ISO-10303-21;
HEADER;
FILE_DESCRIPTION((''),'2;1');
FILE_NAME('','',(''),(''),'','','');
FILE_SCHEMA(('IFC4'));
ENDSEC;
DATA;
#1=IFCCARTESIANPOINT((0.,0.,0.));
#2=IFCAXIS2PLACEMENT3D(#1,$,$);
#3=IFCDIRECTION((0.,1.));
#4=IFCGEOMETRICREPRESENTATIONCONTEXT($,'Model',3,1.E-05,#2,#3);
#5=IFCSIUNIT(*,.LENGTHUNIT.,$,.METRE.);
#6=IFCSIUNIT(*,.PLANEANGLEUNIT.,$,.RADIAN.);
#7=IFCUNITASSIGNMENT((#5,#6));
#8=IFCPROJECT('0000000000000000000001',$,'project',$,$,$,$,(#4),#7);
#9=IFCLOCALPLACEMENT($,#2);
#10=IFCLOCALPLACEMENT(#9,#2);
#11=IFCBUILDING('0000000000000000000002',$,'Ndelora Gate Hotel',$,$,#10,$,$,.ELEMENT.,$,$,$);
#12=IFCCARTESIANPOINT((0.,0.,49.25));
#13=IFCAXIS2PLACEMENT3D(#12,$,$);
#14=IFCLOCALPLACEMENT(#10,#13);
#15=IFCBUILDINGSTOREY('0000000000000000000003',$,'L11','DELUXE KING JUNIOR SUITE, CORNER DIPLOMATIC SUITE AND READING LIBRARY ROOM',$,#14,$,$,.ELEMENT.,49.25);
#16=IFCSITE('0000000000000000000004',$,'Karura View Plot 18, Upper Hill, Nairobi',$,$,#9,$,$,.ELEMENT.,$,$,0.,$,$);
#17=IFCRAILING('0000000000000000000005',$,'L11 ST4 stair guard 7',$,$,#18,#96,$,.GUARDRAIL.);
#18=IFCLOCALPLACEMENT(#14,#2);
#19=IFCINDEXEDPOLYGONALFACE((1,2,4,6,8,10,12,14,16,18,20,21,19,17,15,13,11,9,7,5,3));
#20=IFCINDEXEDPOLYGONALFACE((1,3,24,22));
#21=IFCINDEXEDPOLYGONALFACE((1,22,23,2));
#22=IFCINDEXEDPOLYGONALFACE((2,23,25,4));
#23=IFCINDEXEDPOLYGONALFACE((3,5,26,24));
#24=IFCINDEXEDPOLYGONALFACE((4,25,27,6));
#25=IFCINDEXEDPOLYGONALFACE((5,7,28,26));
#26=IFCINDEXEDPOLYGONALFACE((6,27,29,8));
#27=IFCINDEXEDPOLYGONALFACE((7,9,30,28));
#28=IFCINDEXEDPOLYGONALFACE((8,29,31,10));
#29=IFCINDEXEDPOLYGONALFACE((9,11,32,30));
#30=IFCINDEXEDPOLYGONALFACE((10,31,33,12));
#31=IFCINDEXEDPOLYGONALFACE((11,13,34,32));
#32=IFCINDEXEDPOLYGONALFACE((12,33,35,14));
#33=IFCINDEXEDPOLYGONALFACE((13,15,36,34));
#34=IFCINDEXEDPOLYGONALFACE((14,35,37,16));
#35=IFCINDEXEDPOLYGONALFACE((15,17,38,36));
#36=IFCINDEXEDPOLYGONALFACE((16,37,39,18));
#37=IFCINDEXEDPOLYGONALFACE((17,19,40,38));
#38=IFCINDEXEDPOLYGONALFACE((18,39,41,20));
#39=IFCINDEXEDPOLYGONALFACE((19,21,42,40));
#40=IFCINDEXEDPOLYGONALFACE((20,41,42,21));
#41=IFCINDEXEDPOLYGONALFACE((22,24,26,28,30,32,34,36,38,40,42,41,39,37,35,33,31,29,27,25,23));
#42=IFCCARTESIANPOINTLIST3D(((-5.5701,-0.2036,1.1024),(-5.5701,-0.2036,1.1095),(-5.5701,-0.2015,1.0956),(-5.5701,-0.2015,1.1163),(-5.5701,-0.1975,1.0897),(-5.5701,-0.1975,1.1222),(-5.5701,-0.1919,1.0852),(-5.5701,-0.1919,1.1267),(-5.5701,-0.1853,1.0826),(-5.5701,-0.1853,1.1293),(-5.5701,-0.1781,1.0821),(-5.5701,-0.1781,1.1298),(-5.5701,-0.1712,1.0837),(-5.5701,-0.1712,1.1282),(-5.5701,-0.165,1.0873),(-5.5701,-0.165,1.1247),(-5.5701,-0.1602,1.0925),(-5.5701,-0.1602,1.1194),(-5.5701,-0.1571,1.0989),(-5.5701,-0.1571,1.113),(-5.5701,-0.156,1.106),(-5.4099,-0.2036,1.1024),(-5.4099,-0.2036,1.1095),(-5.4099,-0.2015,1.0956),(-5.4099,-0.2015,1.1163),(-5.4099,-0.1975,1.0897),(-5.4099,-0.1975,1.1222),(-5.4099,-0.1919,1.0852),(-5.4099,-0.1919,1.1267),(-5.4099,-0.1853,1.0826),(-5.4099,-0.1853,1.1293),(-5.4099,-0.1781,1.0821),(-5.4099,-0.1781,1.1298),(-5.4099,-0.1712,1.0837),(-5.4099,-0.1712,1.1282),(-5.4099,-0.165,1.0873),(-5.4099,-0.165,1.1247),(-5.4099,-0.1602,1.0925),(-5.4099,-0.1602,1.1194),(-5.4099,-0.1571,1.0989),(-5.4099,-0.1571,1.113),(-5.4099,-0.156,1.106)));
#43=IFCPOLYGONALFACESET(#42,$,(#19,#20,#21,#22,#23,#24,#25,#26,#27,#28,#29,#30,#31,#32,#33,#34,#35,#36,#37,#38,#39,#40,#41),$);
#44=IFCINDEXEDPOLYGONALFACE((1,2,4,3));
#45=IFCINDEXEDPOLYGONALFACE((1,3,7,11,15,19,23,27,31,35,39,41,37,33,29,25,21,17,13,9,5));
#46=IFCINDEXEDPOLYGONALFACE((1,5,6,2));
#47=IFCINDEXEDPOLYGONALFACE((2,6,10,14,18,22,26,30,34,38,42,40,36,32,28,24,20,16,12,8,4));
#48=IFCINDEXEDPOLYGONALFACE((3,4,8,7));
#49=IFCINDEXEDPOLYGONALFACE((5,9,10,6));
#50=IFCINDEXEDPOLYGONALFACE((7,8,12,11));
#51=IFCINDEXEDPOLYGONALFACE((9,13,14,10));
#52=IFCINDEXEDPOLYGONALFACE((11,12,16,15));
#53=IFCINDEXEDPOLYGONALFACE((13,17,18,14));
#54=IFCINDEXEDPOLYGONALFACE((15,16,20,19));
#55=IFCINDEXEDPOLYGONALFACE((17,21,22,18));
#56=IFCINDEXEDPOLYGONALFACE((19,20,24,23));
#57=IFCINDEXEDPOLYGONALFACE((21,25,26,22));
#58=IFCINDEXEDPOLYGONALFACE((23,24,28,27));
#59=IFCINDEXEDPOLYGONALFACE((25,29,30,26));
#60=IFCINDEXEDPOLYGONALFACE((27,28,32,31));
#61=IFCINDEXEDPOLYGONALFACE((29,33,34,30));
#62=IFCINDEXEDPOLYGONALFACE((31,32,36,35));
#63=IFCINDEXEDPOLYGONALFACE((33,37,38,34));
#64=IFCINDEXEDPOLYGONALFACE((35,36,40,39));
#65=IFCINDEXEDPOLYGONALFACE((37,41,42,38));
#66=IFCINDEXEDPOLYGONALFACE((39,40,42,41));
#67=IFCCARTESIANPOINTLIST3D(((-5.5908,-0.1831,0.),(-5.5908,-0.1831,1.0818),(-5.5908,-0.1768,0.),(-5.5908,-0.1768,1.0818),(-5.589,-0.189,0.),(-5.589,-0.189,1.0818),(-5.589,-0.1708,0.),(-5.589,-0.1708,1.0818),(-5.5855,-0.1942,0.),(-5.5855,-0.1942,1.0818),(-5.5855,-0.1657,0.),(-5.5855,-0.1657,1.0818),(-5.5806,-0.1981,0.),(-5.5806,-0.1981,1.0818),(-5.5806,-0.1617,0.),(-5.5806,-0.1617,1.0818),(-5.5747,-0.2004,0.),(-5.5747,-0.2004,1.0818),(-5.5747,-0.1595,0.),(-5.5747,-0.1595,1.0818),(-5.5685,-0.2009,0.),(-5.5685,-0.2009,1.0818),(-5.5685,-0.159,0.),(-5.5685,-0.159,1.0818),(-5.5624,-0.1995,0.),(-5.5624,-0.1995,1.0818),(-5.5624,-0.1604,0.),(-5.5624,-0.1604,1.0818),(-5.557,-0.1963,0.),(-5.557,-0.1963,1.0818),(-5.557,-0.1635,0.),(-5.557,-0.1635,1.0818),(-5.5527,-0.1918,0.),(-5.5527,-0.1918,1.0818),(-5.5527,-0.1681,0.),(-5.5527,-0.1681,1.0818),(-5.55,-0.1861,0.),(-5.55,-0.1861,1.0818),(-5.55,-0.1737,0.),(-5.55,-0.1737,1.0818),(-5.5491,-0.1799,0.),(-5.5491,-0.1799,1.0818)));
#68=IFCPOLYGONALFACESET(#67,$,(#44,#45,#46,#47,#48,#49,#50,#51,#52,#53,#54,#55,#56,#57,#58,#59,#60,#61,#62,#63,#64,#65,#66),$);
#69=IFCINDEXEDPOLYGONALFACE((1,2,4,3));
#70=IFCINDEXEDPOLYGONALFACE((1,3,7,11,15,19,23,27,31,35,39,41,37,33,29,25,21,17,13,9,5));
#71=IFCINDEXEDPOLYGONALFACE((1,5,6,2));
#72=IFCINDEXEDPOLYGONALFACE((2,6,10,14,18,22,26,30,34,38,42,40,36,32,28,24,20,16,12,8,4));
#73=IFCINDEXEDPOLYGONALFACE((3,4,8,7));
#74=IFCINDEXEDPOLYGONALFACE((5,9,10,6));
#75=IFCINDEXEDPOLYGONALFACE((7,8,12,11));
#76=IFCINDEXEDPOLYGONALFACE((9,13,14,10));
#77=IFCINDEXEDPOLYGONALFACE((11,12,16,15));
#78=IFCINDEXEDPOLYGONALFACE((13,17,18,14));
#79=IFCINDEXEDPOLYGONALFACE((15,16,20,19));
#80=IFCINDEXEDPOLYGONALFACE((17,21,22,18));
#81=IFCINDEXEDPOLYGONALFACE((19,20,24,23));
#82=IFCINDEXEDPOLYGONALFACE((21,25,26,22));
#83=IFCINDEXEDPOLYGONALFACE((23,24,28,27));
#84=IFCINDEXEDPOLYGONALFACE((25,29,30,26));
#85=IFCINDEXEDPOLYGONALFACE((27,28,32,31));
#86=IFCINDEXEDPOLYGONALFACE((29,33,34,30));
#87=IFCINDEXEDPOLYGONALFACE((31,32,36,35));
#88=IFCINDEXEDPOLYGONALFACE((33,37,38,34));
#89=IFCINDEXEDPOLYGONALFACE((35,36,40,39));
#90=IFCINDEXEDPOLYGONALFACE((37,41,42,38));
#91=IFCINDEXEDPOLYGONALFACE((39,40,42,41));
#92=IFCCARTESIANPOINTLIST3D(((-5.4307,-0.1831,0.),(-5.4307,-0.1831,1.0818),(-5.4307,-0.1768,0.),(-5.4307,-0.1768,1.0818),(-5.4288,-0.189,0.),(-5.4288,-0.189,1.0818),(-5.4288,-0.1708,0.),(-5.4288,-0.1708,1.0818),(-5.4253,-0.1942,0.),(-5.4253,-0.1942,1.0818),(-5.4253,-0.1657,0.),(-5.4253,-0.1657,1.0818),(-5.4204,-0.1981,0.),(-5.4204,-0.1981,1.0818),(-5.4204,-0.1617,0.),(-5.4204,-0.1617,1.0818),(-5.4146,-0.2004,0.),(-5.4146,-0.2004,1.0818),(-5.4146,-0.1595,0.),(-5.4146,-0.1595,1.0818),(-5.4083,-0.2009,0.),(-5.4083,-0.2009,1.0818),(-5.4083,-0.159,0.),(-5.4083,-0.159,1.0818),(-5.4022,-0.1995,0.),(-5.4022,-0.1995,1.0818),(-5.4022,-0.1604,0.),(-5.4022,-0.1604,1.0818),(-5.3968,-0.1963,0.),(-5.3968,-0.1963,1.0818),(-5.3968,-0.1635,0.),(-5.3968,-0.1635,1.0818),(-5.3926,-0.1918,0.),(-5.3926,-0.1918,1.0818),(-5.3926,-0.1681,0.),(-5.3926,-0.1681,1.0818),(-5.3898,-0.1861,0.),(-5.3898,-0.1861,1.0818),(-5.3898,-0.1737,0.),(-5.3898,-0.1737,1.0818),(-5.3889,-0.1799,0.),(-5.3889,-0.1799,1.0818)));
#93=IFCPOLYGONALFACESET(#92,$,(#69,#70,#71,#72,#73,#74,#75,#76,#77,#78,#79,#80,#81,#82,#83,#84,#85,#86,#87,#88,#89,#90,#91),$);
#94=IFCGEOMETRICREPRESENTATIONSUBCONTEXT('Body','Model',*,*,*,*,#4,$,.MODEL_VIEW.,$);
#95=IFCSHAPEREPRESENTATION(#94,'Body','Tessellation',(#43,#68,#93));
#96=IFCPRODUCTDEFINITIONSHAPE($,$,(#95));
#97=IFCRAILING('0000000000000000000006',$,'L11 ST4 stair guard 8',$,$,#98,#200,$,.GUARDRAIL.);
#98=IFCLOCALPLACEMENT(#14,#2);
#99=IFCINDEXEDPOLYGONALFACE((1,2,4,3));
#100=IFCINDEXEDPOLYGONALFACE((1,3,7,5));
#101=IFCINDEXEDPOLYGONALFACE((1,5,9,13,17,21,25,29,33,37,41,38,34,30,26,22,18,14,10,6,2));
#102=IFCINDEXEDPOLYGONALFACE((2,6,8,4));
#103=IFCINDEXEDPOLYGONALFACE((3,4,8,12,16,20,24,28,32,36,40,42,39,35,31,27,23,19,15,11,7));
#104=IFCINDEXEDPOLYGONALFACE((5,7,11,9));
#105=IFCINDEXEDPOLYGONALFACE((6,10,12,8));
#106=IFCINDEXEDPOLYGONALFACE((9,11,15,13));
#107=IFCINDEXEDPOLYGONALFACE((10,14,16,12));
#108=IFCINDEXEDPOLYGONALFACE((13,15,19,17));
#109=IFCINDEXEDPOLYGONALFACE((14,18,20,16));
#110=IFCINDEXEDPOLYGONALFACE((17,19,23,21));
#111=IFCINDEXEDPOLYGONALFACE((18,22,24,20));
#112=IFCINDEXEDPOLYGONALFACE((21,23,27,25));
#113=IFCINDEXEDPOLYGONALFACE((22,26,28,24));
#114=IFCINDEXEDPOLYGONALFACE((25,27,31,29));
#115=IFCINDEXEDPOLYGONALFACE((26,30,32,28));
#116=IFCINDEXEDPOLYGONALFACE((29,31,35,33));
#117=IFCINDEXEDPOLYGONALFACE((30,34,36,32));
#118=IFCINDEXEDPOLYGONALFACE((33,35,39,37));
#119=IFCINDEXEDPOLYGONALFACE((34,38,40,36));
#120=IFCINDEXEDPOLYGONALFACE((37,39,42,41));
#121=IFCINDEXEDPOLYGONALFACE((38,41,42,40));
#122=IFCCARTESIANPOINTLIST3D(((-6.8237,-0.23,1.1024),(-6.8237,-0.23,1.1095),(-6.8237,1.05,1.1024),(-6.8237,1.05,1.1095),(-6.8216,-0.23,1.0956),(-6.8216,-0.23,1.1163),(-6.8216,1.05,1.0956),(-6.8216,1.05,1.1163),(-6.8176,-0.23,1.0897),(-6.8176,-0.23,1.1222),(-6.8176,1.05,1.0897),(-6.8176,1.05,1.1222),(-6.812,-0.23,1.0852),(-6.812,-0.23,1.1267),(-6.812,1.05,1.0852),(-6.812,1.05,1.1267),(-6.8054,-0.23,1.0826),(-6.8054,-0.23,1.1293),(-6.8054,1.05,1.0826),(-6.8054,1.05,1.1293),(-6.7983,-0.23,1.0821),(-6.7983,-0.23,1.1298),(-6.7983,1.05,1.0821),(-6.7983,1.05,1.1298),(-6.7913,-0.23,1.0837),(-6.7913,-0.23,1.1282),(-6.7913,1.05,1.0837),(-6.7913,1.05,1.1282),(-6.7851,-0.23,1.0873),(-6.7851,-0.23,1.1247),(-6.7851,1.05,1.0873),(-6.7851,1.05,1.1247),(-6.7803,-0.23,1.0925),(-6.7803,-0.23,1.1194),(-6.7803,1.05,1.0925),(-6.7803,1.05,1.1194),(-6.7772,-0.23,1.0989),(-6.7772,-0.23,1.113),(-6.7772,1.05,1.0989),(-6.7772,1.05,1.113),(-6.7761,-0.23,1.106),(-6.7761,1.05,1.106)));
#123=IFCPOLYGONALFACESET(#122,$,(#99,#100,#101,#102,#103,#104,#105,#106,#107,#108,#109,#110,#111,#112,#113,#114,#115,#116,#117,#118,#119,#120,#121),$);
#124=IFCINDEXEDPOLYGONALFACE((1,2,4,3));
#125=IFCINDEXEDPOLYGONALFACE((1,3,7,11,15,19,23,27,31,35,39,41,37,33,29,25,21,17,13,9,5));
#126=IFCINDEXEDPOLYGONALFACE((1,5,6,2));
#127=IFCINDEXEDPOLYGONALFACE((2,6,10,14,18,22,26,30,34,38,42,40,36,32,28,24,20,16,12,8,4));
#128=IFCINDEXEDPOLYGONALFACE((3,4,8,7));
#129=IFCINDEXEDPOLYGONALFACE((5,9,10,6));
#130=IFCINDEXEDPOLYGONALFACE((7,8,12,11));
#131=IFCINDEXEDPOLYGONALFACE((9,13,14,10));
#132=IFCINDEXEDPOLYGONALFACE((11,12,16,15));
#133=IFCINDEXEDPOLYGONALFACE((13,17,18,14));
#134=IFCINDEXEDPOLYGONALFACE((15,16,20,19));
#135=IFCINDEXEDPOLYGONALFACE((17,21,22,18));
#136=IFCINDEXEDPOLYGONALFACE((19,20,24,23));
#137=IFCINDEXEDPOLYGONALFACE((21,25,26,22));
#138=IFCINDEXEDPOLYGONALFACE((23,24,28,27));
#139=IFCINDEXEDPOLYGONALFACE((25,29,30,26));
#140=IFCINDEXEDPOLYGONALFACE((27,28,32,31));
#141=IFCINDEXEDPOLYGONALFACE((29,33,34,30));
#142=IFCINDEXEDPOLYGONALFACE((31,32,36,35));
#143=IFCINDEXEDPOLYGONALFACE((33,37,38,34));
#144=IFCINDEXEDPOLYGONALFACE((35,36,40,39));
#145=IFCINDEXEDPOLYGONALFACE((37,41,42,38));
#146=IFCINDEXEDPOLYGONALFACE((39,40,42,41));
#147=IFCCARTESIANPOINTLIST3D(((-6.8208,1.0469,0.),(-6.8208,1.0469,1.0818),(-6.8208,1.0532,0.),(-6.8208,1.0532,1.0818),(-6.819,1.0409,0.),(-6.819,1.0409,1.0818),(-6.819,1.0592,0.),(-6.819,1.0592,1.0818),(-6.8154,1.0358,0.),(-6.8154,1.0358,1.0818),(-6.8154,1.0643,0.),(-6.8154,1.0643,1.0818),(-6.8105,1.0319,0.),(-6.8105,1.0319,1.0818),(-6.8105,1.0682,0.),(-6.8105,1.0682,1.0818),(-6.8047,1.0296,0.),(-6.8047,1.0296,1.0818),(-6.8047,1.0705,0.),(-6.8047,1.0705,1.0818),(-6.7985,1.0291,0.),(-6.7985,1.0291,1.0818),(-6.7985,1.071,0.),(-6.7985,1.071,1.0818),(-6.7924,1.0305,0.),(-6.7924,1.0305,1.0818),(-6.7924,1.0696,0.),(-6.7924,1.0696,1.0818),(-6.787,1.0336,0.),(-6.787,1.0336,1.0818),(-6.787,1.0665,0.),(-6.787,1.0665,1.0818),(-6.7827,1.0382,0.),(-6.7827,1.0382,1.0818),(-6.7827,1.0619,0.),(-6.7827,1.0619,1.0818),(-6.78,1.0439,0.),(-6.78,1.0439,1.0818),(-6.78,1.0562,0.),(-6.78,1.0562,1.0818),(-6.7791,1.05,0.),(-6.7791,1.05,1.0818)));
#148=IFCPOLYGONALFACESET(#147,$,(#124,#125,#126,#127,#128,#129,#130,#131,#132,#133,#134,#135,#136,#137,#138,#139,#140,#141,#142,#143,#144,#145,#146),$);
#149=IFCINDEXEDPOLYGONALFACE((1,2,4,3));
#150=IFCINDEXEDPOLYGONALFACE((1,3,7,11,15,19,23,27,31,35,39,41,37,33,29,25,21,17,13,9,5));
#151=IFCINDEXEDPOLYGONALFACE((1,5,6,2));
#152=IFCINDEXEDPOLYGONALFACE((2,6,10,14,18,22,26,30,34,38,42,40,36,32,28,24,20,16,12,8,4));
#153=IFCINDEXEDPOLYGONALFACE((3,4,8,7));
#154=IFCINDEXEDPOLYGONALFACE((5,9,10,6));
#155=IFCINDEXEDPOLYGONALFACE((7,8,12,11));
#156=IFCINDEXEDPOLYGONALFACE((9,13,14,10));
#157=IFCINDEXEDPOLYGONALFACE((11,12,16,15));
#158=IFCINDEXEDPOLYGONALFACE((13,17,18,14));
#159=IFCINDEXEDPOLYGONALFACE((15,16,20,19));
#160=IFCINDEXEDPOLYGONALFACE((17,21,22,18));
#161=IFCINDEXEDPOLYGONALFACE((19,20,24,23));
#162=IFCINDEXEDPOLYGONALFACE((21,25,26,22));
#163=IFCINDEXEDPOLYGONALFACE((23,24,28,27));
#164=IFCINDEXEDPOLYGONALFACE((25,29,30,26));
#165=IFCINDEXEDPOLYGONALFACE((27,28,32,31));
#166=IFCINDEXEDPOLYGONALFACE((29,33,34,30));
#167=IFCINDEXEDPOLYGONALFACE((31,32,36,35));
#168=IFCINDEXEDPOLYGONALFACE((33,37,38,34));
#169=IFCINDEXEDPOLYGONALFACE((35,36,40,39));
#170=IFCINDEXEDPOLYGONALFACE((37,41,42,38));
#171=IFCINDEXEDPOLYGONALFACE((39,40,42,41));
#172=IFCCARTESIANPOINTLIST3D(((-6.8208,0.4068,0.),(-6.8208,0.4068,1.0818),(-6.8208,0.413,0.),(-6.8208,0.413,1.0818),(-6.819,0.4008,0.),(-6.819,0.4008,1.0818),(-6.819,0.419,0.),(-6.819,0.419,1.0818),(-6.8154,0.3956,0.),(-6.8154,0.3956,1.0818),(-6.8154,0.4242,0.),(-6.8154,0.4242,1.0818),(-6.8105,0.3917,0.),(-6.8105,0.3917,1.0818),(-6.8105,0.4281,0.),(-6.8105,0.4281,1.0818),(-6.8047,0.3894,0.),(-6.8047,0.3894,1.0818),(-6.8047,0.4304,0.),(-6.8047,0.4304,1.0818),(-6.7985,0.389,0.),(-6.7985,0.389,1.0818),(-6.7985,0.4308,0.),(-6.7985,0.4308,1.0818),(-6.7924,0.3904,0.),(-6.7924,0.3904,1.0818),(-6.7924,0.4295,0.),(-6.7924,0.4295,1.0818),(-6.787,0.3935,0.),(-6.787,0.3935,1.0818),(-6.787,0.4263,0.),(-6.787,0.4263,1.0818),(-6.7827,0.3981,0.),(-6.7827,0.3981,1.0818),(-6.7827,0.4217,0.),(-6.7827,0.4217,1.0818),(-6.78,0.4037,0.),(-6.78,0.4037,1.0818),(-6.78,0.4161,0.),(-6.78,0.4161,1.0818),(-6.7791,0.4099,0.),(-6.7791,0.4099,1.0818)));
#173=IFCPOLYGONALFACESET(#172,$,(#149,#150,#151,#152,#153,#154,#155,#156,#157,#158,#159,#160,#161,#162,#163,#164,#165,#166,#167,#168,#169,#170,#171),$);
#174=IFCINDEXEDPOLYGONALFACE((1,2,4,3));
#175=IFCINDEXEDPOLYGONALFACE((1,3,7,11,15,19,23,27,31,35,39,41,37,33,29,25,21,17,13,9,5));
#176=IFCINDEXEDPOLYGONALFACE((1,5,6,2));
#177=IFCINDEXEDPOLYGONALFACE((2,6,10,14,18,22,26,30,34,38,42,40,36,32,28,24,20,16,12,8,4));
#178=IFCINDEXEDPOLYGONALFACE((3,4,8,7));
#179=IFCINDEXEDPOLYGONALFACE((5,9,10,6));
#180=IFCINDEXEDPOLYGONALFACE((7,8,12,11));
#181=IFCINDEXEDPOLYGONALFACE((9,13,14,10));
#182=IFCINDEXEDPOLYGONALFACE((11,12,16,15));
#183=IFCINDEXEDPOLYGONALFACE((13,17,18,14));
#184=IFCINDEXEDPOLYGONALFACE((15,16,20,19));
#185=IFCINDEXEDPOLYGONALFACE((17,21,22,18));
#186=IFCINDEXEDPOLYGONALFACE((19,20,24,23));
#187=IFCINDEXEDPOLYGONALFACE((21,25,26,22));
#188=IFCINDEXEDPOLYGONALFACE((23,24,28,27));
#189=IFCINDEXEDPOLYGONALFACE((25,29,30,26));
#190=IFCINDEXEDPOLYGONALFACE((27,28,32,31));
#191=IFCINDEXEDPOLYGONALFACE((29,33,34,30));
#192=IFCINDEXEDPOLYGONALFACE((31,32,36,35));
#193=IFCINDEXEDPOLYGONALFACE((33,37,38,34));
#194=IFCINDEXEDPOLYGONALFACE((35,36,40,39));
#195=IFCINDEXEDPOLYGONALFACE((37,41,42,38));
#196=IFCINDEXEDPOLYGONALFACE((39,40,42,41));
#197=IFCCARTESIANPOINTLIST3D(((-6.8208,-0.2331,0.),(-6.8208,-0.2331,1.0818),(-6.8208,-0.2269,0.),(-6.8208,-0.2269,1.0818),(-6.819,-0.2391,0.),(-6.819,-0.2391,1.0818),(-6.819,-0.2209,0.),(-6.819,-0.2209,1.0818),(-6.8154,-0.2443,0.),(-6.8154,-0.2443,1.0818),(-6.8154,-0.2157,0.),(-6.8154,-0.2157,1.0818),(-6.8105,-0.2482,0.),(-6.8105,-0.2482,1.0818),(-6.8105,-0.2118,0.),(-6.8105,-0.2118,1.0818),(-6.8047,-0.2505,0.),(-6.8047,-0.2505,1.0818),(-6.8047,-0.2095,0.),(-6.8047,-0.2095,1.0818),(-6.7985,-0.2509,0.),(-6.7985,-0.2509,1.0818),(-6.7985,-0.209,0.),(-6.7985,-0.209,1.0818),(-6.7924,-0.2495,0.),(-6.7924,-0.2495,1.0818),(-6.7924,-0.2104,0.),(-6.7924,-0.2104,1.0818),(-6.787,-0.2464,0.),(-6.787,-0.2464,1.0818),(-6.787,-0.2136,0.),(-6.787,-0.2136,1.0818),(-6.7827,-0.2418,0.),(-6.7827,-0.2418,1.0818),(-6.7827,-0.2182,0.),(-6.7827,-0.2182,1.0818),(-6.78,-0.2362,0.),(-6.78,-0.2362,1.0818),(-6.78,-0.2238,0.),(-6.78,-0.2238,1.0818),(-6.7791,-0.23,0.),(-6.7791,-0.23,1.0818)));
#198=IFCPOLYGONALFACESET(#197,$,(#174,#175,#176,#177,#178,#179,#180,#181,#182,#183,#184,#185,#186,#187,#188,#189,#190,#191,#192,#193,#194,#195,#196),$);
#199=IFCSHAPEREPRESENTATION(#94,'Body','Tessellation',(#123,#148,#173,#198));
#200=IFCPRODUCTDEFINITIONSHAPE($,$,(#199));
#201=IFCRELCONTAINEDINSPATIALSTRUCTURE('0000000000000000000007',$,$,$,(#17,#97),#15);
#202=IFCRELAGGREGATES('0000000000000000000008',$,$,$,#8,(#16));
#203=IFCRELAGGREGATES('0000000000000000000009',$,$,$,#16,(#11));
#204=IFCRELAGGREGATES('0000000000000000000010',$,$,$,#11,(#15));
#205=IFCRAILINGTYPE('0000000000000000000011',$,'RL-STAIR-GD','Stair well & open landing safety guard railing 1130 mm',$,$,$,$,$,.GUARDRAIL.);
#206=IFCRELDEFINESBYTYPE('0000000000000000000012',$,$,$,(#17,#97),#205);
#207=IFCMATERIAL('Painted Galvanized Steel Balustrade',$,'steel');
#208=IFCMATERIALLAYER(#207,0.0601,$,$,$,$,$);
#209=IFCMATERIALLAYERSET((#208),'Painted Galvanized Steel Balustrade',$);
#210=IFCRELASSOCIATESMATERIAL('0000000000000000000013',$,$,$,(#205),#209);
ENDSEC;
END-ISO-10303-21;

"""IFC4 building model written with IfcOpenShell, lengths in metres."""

from ifc_helpers import new_model, si_unit, direction, frame, origin, origin_2d, place, context, subcontext, project, spatial, circle, extrude, material, layer, layer_set, type_object, element, save


model = new_model("IFC4")

# Units and contexts
model_context = context("Model", 3, precision=1e-05, world=origin(), true_north=direction((0.0, 1.0)))
body_context = subcontext(model_context, "Body", "Model", "MODEL_VIEW")
ifc_project = project(units=[si_unit("LENGTHUNIT", "METRE"), si_unit("PLANEANGLEUNIT", "RADIAN")], contexts=[model_context])

# Site, building, storey
site_placement = place(None, origin())
site = spatial("IfcSite", under=ifc_project, at=site_placement, Name="Karura View Plot 18, Upper Hill, Nairobi", CompositionType="ELEMENT", RefElevation=0.0)
building_placement = place(site_placement, origin())
building = spatial("IfcBuilding", under=site, at=building_placement, Name="Ndelora Gate Hotel", CompositionType="ELEMENT")
storey_placement = place(building_placement, frame((0.0, 0.0, 49.25)))
storey = spatial("IfcBuildingStorey", under=building, at=storey_placement, Name="L11", Description="DELUXE KING JUNIOR SUITE, CORNER DIPLOMATIC SUITE AND READING LIBRARY ROOM", CompositionType="ELEMENT", Elevation=49.25)

# Railings
ifc_material_1 = material(Name="Painted Galvanized Steel Balustrade", Category="steel")
ifc_layer_1 = layer(ifc_material_1, 0.0601)
ifc_layer_set_1 = layer_set([ifc_layer_1], Name="Painted Galvanized Steel Balustrade")
railing_type_1 = type_object("IfcRailingType", Name="RL-STAIR-GD", Description="Stair well & open landing safety guard railing 1130 mm", PredefinedType="GUARDRAIL", material=ifc_layer_set_1)
railing_1_placement = place(storey_placement, frame((-5.5701, -0.1799, 0.0)))
element("IfcRailing", 1, at=railing_1_placement, inside=storey, type_object=railing_type_1, Name="L11 ST4 stair guard 7", PredefinedType="GUARDRAIL", context=body_context, shape_type="SweptSolid", body=[
    extrude(circle(Radius=0.0239, at=origin_2d()), frame((0.0, 0.0, 1.106), z_axis=(1.0, 0.0, 0.0), x_axis=(0.0, 1.0, 0.0)), (0.0, 0.0, 1.0), 0.1602),
    extrude(circle(Radius=0.021, at=origin_2d()), origin(), (0.0, 0.0, 1.0), 1.0818),
    extrude(circle(Radius=0.021, at=origin_2d()), frame((0.1602, 0.0, 0.0)), (0.0, 0.0, 1.0), 1.0818),
])
for number, where, name in (
    (2, (-6.8, 1.05, 0.0), "L11 ST4 stair guard 8"),
):
    element("IfcRailing", number, at=place(storey_placement, frame(where)), inside=storey, type_object=railing_type_1, Name=name, PredefinedType="GUARDRAIL", context=body_context, shape_type="SweptSolid", body=[
        extrude(circle(Radius=0.0239, at=origin_2d()), frame((0.0, 0.0, 1.106), z_axis=(0.0, -1.0, 0.0), x_axis=(1.0, 0.0, 0.0)), (0.0, 0.0, 1.0), 1.28),
        extrude(circle(Radius=0.021, at=origin_2d()), origin(), (0.0, 0.0, 1.0), 1.0818),
        extrude(circle(Radius=0.021, at=origin_2d()), frame((0.0, -0.6401, 0.0)), (0.0, 0.0, 1.0), 1.0818),
        extrude(circle(Radius=0.021, at=origin_2d()), frame((0.0, -1.28, 0.0)), (0.0, 0.0, 1.0), 1.0818),
    ])

save(model, "model.ifc")
